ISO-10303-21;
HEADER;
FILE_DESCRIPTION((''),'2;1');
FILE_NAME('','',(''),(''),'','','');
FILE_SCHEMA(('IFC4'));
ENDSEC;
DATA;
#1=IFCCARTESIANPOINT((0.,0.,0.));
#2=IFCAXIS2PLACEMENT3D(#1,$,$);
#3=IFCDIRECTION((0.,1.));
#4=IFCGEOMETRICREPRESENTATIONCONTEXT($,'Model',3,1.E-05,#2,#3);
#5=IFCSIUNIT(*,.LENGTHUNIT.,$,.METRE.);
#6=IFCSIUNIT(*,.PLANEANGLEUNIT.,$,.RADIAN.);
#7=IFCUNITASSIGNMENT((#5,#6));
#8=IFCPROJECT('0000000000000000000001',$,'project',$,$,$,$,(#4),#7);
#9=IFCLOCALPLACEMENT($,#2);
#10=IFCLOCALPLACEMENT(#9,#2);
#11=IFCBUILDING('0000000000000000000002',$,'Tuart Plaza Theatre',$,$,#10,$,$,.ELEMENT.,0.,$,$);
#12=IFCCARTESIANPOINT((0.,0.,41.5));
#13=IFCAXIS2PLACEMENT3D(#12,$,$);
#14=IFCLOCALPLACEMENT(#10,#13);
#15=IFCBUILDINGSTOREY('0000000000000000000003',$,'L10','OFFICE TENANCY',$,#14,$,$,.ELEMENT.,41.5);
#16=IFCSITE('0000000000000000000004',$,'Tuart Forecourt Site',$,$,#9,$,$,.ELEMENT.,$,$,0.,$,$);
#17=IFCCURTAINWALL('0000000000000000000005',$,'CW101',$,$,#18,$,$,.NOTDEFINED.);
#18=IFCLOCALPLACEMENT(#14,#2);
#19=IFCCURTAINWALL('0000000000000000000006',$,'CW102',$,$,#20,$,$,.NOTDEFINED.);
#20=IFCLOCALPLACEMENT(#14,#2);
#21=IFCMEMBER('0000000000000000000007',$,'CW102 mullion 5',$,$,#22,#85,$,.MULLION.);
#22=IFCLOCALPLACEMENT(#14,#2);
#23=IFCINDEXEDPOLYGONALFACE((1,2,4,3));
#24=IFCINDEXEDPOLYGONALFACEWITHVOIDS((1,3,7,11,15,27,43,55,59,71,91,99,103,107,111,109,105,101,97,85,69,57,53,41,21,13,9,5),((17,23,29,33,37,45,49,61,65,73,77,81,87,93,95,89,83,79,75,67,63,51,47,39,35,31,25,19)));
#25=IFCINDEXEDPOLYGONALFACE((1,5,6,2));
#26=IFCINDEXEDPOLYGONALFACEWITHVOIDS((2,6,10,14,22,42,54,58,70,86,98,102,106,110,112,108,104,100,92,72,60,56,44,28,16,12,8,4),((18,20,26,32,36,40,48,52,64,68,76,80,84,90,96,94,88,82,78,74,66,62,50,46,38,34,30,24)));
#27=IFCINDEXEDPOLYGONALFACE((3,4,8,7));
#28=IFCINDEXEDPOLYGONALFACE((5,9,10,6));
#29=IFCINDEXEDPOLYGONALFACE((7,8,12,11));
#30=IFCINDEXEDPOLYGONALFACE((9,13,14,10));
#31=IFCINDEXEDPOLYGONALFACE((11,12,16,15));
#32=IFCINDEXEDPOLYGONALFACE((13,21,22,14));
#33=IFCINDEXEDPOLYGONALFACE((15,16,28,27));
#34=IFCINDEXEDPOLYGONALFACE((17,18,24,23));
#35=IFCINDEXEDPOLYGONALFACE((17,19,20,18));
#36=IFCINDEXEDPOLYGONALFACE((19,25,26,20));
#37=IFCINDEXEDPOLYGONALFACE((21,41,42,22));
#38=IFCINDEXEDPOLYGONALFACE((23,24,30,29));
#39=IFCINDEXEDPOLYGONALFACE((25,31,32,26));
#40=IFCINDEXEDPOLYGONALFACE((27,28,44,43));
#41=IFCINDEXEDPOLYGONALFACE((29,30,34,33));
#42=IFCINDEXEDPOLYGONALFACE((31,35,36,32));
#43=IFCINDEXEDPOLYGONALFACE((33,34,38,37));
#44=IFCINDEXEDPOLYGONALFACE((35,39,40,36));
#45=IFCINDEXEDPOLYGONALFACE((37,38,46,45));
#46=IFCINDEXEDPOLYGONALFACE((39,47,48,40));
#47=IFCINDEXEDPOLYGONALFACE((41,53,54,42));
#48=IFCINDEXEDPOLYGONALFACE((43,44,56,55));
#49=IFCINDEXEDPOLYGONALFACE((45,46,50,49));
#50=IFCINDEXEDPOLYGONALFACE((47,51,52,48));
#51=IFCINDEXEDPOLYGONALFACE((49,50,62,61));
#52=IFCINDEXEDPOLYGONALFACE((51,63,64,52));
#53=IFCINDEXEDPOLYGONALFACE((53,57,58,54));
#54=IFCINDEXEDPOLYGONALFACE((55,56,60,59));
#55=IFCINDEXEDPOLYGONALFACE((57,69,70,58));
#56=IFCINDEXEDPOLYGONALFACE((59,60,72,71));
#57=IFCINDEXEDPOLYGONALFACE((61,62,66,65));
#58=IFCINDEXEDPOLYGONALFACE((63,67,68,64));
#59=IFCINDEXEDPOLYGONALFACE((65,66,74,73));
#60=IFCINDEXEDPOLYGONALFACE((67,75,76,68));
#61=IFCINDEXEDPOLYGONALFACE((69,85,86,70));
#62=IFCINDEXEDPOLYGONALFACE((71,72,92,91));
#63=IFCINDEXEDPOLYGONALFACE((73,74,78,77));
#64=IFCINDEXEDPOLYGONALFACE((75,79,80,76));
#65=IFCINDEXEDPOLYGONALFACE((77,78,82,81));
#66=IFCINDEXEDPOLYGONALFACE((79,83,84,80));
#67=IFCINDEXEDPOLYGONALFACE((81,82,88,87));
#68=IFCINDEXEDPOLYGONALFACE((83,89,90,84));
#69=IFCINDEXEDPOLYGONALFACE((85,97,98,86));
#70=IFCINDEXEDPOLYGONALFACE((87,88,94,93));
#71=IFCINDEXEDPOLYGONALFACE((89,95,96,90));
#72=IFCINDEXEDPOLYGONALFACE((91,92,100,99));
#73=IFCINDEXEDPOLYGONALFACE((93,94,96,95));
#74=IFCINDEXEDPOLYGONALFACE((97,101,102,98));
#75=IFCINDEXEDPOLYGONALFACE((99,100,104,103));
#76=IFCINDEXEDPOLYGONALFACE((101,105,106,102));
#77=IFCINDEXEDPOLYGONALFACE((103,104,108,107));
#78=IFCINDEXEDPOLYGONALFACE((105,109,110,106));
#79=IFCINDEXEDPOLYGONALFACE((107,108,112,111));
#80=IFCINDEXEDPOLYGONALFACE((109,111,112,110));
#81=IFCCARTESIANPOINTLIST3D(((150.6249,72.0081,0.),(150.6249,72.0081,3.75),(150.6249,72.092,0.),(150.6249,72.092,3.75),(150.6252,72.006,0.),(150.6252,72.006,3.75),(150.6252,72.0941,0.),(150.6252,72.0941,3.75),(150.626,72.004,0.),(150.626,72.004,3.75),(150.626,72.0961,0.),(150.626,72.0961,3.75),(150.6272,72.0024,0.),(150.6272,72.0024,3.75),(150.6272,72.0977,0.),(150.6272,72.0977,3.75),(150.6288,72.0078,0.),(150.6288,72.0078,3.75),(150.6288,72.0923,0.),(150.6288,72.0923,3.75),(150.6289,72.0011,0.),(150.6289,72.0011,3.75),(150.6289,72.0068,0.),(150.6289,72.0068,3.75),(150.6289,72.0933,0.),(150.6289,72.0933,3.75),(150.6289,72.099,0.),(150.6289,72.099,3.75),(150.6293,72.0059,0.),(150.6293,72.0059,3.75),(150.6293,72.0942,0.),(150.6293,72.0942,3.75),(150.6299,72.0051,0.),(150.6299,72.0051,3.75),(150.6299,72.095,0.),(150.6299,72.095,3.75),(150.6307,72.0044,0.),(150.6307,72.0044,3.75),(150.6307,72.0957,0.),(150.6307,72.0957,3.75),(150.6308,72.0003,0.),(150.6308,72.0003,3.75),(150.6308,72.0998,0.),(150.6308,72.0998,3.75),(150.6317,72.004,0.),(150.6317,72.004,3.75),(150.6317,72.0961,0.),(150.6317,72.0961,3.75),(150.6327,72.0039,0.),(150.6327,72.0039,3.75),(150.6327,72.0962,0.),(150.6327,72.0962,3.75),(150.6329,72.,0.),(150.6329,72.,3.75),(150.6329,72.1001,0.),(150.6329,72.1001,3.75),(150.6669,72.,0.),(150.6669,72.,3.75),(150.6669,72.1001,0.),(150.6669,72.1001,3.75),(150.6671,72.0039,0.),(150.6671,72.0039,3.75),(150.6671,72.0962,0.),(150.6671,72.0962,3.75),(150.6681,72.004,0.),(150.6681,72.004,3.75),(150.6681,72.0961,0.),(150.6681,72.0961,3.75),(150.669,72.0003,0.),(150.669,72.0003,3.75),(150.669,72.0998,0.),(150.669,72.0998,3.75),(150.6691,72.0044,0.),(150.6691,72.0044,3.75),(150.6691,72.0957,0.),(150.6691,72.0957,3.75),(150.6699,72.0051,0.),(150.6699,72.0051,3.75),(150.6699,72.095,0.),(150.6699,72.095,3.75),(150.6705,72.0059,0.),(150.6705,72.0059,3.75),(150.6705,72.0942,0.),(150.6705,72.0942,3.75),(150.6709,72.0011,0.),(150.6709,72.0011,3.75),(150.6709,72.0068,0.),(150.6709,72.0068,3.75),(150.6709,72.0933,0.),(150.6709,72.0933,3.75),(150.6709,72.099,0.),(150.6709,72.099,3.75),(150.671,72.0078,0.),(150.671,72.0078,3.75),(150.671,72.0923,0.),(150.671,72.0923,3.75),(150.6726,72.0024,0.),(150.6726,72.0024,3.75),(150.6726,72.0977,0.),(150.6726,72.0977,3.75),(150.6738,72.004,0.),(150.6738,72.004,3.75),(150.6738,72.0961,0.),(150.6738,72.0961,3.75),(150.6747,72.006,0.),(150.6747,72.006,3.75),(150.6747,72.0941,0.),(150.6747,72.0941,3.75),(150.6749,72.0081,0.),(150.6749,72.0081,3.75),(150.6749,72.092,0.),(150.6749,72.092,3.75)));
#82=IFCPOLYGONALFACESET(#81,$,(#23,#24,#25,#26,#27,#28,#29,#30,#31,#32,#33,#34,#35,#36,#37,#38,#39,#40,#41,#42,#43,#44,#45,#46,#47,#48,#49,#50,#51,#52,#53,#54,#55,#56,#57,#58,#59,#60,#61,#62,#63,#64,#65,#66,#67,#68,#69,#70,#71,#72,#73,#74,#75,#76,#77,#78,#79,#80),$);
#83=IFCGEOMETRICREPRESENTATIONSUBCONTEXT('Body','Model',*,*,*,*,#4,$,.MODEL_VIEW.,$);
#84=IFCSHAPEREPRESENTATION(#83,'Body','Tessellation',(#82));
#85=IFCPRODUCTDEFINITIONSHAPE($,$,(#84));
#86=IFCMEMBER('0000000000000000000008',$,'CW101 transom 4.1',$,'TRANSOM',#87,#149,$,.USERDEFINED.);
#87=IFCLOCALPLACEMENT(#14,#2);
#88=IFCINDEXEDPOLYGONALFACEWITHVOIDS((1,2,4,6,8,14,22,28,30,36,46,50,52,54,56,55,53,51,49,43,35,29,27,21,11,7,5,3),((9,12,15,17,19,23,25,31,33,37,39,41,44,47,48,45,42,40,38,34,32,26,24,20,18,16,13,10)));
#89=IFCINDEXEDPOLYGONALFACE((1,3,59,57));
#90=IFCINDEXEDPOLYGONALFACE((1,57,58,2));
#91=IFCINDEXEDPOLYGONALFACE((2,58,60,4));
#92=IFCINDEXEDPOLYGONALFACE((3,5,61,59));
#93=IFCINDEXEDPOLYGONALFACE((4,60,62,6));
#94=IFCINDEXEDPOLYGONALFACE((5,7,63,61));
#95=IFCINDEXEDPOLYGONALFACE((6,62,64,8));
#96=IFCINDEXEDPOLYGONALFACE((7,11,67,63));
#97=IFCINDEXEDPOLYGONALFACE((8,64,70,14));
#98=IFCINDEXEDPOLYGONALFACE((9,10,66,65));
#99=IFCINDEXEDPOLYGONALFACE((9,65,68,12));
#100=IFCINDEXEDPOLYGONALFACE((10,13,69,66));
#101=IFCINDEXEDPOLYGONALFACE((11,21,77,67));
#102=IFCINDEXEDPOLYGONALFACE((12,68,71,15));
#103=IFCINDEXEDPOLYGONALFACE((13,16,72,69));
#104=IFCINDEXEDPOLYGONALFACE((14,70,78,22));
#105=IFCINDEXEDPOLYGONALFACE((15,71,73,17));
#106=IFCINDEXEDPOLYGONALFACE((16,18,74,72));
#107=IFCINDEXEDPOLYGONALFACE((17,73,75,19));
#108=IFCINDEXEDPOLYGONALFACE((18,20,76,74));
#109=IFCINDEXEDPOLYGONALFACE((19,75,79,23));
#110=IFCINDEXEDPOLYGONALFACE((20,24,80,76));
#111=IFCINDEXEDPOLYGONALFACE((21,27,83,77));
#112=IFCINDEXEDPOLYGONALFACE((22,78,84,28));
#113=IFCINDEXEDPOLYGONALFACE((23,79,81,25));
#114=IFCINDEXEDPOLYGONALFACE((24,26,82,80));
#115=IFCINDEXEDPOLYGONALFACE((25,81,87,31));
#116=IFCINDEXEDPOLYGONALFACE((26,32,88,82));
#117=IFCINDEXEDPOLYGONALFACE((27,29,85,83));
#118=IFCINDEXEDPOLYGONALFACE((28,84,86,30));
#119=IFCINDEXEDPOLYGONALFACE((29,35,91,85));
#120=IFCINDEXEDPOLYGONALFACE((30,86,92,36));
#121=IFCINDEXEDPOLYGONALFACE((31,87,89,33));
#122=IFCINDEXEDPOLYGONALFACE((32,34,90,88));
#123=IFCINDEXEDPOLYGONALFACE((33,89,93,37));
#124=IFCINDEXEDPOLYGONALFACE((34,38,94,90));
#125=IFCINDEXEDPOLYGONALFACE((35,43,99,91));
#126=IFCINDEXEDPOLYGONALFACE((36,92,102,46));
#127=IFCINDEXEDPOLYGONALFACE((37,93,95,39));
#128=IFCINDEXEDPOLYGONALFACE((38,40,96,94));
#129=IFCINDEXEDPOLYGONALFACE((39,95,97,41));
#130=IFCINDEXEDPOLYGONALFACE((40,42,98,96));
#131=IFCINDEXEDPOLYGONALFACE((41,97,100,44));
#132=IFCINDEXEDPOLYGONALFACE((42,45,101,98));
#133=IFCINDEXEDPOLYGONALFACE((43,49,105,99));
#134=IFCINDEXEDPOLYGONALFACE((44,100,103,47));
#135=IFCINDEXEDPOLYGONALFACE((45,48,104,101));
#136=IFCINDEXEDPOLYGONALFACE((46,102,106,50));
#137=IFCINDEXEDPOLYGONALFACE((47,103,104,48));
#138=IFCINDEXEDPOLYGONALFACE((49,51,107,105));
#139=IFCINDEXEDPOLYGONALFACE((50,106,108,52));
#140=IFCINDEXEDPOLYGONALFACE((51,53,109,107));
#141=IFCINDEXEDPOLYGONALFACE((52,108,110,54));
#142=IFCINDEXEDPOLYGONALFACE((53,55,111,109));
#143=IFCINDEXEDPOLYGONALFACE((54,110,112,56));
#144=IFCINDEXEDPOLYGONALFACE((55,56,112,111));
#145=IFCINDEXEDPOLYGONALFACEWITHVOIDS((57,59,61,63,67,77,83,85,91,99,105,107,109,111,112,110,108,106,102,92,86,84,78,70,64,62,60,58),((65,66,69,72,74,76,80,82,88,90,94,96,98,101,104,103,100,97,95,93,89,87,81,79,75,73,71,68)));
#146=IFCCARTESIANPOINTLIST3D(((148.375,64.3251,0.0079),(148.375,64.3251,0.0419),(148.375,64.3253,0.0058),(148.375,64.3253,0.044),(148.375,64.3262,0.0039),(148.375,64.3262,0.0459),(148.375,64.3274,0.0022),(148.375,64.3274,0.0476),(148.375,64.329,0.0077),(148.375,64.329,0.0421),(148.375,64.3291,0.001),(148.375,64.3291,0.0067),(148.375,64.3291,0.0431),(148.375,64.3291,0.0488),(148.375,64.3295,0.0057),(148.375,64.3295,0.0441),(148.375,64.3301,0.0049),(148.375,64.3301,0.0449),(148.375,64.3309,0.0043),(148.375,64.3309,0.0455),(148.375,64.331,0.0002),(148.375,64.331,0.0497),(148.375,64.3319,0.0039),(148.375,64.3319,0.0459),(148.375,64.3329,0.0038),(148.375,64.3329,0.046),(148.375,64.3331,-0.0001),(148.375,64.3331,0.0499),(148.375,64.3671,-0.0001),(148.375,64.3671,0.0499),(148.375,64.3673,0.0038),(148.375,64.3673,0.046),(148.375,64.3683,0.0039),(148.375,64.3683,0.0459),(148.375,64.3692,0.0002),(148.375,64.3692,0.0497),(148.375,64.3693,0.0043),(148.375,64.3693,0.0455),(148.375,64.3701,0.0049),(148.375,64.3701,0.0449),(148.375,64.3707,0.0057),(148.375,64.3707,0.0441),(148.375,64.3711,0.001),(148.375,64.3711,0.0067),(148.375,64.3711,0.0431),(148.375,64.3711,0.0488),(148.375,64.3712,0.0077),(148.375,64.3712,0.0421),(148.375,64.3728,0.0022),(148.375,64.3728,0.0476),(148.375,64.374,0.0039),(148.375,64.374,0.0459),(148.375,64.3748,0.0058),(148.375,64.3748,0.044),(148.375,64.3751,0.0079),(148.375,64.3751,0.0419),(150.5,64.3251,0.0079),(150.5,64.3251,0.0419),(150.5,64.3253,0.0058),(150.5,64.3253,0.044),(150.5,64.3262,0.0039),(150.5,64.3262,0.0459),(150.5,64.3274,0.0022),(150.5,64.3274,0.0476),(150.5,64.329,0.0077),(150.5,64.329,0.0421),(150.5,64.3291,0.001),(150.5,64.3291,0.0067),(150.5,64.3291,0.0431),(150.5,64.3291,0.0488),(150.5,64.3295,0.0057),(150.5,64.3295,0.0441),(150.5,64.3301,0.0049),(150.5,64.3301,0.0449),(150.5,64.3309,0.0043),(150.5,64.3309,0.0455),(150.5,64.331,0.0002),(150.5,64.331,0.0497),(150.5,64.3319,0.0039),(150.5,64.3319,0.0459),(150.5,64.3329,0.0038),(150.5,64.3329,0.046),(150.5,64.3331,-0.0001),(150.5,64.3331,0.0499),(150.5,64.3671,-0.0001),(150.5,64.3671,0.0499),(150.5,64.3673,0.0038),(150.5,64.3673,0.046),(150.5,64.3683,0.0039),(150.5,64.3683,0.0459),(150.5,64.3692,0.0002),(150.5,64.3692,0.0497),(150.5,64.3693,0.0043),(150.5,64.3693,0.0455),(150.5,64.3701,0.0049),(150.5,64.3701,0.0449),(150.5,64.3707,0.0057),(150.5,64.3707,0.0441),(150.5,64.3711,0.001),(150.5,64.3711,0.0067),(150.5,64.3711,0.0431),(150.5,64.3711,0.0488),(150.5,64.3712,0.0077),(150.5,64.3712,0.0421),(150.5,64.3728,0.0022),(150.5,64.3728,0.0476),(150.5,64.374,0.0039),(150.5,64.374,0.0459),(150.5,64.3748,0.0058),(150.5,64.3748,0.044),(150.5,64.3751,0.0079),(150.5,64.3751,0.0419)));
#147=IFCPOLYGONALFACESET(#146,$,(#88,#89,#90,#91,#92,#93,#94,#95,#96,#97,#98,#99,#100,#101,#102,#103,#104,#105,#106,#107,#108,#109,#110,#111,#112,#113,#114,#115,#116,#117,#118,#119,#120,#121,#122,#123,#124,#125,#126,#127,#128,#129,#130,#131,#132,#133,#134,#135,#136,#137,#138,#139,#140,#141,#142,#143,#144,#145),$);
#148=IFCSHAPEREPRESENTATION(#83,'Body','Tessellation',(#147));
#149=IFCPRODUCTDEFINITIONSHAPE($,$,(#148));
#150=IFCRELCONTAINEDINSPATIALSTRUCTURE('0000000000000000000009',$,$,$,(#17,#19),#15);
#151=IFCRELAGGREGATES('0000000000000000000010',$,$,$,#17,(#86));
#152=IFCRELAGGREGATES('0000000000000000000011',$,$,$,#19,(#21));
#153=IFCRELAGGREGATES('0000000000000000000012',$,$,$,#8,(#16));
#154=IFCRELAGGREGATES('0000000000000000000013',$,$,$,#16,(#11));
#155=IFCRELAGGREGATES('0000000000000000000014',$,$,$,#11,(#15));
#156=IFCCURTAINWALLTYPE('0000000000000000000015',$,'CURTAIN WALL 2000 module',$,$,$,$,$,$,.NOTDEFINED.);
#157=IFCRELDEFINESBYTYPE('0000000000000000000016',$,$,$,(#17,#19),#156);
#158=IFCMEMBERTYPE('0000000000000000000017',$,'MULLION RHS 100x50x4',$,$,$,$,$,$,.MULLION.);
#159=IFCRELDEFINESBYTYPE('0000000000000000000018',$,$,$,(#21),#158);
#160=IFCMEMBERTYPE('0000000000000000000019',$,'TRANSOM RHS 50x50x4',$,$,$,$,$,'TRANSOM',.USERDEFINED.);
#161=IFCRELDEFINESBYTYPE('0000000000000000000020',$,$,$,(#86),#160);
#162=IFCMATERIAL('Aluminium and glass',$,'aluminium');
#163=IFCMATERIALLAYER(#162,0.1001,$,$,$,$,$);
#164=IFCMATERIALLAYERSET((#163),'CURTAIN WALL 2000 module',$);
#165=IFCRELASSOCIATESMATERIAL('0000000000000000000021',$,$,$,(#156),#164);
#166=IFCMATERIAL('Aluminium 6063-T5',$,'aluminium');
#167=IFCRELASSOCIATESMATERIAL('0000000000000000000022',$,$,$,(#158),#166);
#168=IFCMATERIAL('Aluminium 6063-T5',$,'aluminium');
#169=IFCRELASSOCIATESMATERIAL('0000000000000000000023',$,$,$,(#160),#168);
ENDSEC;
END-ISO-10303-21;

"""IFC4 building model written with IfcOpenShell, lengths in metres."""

from ifc_helpers import new_model, si_unit, direction, frame, origin, origin_2d, place, context, subcontext, project, spatial, hollow_rectangle, extrude, material, layer, layer_set, material_profile, profile_set, type_object, element, aggregate, save


model = new_model("IFC4")

# Units and contexts
model_context = context("Model", 3, precision=1e-05, world=origin(), true_north=direction((0.0, 1.0)))
body_context = subcontext(model_context, "Body", "Model", "MODEL_VIEW")
ifc_project = project(units=[si_unit("LENGTHUNIT", "METRE"), si_unit("PLANEANGLEUNIT", "RADIAN")], contexts=[model_context])

# Site, building, storey
site_placement = place(None, origin())
site = spatial("IfcSite", under=ifc_project, at=site_placement, Name="Tuart Forecourt Site", CompositionType="ELEMENT", RefElevation=0.0)
building_placement = place(site_placement, origin())
building = spatial("IfcBuilding", under=site, at=building_placement, Name="Tuart Plaza Theatre", CompositionType="ELEMENT", ElevationOfRefHeight=0.0)
storey_placement = place(building_placement, frame((0.0, 0.0, 41.5)))
storey = spatial("IfcBuildingStorey", under=building, at=storey_placement, Name="L10", Description="OFFICE TENANCY", CompositionType="ELEMENT", Elevation=41.5)

# Curtain walls, member
ifc_material_1 = material(Name="Aluminium and glass", Category="aluminium")
ifc_layer_1 = layer(ifc_material_1, 0.1001)
ifc_layer_set_1 = layer_set([ifc_layer_1], Name="CURTAIN WALL 2000 module")
curtain_wall_type = type_object("IfcCurtainWallType", Name="CURTAIN WALL 2000 module", PredefinedType="NOTDEFINED", material=ifc_layer_set_1)
curtain_wall_1_placement = place(storey_placement, origin())
curtain_wall_1 = element("IfcCurtainWall", 1, at=curtain_wall_1_placement, inside=storey, type_object=curtain_wall_type, Name="CW101", PredefinedType="NOTDEFINED")
ifc_material_2 = material(Name="Aluminium 6063-T5", Category="aluminium")
ifc_material_profile_1 = material_profile(ifc_material_2, hollow_rectangle(XDim=0.05, YDim=0.1001, WallThickness=0.0039, InnerFilletRadius=0.0039, OuterFilletRadius=0.0081, at=origin_2d()), Name="RHS 100x50x4")
ifc_profile_set_1 = profile_set([ifc_material_profile_1], Name="Aluminium 6063-T5")
member_type_1 = type_object("IfcMemberType", Name="MULLION RHS 100x50x4", PredefinedType="MULLION", material=ifc_profile_set_1)
curtain_wall_2_placement = place(storey_placement, origin())
curtain_wall_2 = element("IfcCurtainWall", 2, at=curtain_wall_2_placement, inside=storey, type_object=curtain_wall_type, Name="CW102", PredefinedType="NOTDEFINED")
member_1_placement = place(storey_placement, frame((150.6499, 72.05, 0.0), z_axis=(0.0, 0.0, 1.0), x_axis=(-1.0, 0.0, 0.0)))
member_1 = element("IfcMember", 3, at=member_1_placement, type_object=member_type_1, Name="CW102 mullion 5", PredefinedType="MULLION", context=body_context, shape_type="SweptSolid", body=[
    extrude(hollow_rectangle(XDim=0.05, YDim=0.1001, WallThickness=0.0039, InnerFilletRadius=0.0039, OuterFilletRadius=0.0081, at=origin_2d()), origin(), (0.0, 0.0, 1.0), 3.75),
])

# Member
ifc_material_3 = material(Name="Aluminium 6063-T5", Category="aluminium")
ifc_material_profile_2 = material_profile(ifc_material_3, hollow_rectangle(XDim=0.05, YDim=0.05, WallThickness=0.0039, InnerFilletRadius=0.0039, OuterFilletRadius=0.0081, at=origin_2d()), Name="RHS 50x50x4")
ifc_profile_set_2 = profile_set([ifc_material_profile_2], Name="Aluminium 6063-T5")
member_type_2 = type_object("IfcMemberType", Name="TRANSOM RHS 50x50x4", ElementType="TRANSOM", PredefinedType="USERDEFINED", material=ifc_profile_set_2)
member_2_placement = place(storey_placement, frame((148.375, 64.3501, 0.0249), z_axis=(1.0, 0.0, 0.0), x_axis=(0.0, 1.0, 0.0)))
member_2 = element("IfcMember", 4, at=member_2_placement, type_object=member_type_2, Name="CW101 transom 4.1", ObjectType="TRANSOM", PredefinedType="USERDEFINED", context=body_context, shape_type="SweptSolid", body=[
    extrude(hollow_rectangle(XDim=0.05, YDim=0.05, WallThickness=0.0039, InnerFilletRadius=0.0039, OuterFilletRadius=0.0081, at=origin_2d()), origin(), (0.0, 0.0, 1.0), 2.125),
])

aggregate(curtain_wall_1, [member_2])
aggregate(curtain_wall_2, [member_1])

save(model, "model.ifc")
